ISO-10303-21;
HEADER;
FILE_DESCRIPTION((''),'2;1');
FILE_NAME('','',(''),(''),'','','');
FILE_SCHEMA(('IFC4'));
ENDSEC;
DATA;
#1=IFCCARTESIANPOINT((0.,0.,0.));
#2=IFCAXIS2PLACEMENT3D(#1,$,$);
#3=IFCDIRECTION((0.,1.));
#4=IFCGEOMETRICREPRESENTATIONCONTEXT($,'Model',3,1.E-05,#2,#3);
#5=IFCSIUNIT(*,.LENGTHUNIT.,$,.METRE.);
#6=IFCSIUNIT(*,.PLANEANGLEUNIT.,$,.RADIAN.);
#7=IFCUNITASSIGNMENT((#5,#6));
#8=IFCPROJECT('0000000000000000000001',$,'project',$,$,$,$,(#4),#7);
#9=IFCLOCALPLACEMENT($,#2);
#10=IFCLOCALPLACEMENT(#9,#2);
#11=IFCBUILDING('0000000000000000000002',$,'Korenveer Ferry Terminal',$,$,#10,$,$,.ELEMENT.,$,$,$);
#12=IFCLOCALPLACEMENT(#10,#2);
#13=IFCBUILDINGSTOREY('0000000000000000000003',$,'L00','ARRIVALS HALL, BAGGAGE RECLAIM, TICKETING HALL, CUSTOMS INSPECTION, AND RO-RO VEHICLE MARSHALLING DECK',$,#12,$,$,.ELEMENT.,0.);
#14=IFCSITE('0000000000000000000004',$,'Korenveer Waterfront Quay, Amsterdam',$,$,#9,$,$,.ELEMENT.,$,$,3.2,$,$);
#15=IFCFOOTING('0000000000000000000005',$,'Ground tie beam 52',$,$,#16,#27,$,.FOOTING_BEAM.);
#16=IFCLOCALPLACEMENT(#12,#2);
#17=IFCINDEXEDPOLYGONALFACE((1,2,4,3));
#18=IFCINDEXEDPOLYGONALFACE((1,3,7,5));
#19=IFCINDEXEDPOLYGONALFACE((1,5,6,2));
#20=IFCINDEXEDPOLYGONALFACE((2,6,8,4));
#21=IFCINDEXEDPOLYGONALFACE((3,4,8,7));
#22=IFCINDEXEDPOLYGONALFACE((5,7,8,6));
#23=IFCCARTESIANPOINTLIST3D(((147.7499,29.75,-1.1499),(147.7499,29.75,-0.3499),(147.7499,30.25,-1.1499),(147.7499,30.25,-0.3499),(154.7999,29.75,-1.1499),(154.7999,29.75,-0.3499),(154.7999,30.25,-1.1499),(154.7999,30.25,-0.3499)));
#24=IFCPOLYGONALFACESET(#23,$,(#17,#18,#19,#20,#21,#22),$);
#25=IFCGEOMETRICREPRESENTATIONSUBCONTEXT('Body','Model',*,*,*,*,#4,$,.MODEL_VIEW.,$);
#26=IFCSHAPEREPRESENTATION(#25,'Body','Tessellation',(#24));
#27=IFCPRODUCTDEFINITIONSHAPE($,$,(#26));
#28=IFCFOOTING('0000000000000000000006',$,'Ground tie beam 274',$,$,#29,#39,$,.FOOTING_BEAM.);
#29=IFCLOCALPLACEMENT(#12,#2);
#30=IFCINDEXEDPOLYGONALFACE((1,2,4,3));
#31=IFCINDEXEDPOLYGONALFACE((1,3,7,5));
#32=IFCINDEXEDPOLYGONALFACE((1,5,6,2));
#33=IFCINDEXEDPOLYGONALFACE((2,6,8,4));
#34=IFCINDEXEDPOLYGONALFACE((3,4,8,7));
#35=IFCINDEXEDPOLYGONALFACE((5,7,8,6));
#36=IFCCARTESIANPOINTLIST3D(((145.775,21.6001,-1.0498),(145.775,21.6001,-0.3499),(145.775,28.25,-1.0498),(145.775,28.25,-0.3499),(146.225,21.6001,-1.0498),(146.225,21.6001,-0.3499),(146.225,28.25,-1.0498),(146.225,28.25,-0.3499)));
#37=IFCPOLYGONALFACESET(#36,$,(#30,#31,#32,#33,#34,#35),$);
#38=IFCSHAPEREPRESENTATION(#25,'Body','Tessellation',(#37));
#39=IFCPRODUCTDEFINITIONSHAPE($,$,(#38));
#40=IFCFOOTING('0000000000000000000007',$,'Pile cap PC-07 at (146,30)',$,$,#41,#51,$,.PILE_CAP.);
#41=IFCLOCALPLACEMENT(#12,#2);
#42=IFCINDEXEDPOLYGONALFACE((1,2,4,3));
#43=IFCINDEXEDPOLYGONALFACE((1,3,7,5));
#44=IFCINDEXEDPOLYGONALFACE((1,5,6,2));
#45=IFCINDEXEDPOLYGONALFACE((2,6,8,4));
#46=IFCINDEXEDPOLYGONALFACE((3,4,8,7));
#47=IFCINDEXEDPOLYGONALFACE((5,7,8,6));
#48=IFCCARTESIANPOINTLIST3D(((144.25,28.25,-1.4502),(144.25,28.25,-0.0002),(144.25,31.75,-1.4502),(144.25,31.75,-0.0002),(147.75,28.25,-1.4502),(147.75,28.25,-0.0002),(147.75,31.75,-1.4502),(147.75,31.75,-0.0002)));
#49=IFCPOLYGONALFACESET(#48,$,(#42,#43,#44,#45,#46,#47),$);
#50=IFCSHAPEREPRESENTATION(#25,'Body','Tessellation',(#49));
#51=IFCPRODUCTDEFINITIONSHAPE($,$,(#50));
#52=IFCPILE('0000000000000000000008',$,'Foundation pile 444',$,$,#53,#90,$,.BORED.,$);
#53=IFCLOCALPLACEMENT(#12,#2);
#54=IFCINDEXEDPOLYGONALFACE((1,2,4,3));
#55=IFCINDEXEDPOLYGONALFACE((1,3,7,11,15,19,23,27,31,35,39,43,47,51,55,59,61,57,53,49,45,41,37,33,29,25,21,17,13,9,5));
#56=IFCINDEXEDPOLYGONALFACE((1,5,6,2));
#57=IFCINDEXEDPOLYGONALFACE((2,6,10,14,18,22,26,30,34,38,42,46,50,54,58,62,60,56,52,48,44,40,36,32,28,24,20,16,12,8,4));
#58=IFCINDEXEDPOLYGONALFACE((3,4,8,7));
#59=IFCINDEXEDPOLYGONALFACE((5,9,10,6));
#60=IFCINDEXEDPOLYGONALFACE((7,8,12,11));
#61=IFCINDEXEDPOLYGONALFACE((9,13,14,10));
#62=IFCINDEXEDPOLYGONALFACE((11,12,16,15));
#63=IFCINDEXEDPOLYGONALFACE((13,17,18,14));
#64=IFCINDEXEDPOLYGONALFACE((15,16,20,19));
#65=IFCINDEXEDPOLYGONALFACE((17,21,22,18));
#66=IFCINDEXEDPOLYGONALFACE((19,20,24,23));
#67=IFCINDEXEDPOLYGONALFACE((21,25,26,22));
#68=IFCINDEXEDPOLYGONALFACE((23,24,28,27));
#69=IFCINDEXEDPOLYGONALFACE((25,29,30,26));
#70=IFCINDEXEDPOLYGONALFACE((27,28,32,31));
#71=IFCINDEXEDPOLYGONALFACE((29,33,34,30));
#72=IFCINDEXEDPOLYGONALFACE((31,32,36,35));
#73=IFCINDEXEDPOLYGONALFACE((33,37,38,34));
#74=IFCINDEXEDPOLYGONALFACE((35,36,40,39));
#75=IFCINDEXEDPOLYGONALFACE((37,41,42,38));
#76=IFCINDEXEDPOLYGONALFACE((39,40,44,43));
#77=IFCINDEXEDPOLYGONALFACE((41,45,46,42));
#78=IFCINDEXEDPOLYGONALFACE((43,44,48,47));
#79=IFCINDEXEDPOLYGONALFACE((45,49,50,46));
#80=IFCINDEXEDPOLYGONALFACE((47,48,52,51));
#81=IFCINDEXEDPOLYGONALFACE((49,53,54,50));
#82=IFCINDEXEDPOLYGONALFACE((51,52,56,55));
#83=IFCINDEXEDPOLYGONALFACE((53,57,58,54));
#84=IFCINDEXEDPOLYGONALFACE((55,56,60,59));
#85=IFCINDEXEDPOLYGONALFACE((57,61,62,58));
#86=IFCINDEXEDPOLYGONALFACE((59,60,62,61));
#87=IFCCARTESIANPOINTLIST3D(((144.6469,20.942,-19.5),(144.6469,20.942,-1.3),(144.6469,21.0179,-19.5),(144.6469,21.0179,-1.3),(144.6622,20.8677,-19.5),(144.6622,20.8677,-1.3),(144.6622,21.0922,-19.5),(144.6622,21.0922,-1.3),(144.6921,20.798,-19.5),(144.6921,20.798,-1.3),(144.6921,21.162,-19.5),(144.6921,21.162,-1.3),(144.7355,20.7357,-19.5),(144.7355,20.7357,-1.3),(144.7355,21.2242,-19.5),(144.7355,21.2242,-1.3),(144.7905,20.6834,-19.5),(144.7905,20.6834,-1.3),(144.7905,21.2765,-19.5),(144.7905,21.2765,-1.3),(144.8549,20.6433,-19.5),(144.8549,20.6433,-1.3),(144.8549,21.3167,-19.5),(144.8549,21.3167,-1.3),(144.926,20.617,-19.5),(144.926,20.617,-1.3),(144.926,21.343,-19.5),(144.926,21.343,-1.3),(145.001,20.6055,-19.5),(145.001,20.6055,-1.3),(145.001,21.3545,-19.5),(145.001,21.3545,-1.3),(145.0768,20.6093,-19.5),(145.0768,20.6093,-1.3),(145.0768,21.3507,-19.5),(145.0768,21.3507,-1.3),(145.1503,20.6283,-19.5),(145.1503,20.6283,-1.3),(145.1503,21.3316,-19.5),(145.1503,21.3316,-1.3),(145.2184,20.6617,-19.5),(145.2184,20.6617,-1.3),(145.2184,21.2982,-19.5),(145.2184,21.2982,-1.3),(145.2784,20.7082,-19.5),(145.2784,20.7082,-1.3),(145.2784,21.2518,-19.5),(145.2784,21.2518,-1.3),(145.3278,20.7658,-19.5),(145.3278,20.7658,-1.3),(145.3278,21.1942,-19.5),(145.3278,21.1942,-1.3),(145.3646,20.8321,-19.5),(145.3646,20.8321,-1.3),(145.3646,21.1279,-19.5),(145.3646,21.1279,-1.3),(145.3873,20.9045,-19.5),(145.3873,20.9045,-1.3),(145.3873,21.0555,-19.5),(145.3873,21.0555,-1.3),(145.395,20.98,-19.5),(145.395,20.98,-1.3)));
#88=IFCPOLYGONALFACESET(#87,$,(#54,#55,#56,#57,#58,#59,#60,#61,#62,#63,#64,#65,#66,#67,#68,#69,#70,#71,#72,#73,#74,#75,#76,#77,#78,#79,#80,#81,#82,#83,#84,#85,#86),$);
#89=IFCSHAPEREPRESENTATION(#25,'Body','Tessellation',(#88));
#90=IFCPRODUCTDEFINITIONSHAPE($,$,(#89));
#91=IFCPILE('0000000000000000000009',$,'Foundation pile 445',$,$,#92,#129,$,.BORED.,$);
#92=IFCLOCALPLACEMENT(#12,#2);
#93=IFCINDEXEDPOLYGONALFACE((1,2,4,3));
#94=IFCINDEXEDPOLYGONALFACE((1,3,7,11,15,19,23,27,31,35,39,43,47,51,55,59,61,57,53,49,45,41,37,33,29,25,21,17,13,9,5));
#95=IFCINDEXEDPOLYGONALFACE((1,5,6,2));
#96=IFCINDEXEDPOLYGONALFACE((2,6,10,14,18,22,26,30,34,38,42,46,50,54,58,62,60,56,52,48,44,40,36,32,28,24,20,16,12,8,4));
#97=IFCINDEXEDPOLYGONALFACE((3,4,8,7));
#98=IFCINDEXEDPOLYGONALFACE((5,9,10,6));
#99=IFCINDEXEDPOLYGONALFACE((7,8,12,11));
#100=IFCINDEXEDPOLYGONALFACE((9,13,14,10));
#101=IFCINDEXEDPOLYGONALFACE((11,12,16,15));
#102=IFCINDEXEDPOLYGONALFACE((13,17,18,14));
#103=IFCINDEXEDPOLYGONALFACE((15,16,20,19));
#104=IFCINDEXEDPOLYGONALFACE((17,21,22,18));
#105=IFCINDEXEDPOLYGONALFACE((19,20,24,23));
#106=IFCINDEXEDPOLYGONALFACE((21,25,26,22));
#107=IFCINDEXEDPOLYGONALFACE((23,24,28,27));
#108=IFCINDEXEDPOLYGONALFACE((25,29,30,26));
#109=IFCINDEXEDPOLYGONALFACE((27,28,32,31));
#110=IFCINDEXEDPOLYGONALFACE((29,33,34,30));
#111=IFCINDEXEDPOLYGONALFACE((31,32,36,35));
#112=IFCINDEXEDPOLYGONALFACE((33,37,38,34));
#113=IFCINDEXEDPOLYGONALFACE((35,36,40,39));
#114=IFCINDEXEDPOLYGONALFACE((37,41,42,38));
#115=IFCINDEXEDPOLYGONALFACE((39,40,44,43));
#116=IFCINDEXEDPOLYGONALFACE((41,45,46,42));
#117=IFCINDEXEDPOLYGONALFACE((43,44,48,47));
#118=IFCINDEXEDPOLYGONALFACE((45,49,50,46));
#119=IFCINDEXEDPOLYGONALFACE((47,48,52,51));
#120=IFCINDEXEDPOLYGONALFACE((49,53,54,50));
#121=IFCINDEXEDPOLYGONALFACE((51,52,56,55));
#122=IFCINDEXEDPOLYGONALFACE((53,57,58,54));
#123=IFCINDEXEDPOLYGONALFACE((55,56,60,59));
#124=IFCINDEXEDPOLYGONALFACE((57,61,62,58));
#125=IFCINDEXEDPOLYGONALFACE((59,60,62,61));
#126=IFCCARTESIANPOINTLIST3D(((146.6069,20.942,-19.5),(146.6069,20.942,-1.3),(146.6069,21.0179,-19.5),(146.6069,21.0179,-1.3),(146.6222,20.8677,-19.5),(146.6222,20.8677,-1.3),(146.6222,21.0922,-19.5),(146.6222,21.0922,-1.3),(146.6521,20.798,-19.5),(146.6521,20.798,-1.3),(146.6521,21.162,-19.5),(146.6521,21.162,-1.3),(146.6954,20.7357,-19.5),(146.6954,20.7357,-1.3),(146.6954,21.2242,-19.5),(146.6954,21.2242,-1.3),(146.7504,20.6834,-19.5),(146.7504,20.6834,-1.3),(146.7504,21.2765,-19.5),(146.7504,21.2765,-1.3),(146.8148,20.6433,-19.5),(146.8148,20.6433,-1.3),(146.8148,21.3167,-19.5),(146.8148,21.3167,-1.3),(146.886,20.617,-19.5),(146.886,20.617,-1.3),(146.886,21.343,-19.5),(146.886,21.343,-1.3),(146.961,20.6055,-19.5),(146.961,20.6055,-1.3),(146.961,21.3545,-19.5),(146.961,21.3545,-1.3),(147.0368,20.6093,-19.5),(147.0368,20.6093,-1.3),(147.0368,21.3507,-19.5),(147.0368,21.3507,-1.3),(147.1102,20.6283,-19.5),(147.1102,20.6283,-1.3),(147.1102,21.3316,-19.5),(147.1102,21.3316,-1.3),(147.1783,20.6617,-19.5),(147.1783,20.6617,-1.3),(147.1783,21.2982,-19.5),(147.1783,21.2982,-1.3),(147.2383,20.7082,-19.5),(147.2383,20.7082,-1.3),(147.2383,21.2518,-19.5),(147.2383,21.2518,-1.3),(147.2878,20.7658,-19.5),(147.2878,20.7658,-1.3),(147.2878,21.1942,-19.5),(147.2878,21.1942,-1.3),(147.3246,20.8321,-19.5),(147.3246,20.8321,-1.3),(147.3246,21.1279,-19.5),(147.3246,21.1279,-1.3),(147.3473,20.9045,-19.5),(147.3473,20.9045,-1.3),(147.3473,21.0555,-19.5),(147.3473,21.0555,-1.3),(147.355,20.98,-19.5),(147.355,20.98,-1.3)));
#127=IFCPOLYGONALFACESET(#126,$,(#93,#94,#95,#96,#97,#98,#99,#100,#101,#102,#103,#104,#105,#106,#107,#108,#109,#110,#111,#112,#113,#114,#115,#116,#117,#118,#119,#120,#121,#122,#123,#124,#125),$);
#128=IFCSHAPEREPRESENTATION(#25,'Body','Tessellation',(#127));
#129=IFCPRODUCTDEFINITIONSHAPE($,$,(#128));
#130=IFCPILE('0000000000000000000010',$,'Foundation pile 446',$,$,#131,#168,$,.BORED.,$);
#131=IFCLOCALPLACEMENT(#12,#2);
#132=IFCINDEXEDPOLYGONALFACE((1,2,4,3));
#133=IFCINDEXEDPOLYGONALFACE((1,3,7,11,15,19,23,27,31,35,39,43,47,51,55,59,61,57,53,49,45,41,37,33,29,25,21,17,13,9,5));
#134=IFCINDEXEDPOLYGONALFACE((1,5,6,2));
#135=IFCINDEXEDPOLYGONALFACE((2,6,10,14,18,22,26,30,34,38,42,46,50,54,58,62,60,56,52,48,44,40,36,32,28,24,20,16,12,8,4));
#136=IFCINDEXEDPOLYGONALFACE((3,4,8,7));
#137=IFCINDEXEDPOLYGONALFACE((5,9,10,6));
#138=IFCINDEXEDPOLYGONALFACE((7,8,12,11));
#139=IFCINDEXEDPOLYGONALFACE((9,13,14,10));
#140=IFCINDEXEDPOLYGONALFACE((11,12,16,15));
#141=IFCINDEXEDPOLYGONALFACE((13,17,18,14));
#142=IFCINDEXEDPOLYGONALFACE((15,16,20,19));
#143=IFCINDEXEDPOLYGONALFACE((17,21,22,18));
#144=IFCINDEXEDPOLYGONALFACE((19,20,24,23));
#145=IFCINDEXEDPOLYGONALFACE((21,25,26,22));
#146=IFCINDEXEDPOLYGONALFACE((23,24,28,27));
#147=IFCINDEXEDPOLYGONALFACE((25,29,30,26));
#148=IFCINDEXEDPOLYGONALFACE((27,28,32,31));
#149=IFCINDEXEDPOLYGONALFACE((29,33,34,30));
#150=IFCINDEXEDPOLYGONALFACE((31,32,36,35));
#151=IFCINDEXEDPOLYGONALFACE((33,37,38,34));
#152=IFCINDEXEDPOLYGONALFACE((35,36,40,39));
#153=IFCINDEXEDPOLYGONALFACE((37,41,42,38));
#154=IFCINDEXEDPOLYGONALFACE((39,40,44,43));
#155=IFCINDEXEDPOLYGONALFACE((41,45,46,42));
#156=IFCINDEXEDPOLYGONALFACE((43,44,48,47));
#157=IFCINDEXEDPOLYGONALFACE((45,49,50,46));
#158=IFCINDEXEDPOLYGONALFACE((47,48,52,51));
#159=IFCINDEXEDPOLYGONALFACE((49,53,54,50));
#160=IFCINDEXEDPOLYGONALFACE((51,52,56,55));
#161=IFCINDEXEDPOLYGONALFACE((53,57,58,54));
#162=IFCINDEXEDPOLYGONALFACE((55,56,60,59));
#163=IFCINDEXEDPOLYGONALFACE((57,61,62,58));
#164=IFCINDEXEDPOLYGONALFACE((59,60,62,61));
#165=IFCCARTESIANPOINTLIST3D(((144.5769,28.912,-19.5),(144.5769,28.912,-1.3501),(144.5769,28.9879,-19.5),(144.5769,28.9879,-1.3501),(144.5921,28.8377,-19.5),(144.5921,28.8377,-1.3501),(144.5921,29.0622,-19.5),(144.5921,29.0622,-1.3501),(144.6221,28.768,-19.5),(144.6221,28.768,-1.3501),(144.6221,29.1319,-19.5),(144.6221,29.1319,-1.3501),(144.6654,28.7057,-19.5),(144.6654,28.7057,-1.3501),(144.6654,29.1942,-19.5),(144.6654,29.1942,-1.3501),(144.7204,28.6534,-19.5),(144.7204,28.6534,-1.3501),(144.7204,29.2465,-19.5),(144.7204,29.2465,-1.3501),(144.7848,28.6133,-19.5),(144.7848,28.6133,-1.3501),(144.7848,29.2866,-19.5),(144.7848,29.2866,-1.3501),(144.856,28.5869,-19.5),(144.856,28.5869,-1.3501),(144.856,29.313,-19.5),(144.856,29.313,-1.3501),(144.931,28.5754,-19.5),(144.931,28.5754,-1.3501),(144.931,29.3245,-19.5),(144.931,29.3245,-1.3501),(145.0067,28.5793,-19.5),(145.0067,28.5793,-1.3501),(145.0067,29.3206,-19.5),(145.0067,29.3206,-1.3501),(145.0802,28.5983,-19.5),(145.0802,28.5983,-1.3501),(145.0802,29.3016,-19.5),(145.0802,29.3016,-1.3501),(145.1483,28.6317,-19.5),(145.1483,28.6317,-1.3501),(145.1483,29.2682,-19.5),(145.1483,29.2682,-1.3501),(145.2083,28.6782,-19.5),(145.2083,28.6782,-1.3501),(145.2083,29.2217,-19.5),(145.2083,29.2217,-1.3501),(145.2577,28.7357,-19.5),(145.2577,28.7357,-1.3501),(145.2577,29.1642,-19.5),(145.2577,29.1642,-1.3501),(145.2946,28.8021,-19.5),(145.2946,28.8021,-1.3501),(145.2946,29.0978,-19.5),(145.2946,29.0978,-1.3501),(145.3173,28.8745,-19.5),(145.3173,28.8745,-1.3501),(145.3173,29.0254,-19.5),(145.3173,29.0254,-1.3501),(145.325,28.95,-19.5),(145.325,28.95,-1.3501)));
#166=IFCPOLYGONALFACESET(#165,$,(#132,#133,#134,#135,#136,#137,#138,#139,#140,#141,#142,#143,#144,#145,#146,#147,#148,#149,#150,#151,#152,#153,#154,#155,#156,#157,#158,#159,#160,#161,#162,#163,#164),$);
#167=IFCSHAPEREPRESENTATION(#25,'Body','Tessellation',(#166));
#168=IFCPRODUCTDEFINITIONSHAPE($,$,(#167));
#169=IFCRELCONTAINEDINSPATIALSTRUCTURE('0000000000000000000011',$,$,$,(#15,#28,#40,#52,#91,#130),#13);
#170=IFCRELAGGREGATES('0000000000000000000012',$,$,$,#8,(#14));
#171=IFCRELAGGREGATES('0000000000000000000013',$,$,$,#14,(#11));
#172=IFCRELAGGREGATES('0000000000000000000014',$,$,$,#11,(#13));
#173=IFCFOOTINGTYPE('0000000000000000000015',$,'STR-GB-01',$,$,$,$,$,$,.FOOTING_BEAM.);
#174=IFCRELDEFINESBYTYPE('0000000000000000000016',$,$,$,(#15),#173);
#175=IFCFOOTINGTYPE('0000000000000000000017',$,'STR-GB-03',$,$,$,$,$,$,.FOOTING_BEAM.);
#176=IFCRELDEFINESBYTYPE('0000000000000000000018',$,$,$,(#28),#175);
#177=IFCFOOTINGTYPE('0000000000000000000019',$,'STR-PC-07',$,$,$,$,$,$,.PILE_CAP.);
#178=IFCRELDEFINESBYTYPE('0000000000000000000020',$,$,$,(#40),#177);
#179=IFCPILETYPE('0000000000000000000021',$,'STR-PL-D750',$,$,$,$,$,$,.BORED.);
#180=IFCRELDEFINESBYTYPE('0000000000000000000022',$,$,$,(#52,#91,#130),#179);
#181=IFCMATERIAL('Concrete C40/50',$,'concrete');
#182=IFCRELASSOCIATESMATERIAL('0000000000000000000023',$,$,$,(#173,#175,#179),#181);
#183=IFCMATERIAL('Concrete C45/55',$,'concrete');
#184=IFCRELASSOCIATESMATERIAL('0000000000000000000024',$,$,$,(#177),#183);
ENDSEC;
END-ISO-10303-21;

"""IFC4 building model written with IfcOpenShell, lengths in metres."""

from ifc_helpers import new_model, si_unit, direction, frame, origin, origin_2d, place, context, subcontext, project, spatial, rectangle, circle, extrude, material, material_profile, profile_set, type_object, element, save


model = new_model("IFC4")

# Units and contexts
model_context = context("Model", 3, precision=1e-05, world=origin(), true_north=direction((0.0, 1.0)))
body_context = subcontext(model_context, "Body", "Model", "MODEL_VIEW")
ifc_project = project(units=[si_unit("LENGTHUNIT", "METRE"), si_unit("PLANEANGLEUNIT", "RADIAN")], contexts=[model_context])

# Site, building, storey
site_placement = place(None, origin())
site = spatial("IfcSite", under=ifc_project, at=site_placement, Name="Korenveer Waterfront Quay, Amsterdam", CompositionType="ELEMENT", RefElevation=3.2)
building_placement = place(site_placement, origin())
building = spatial("IfcBuilding", under=site, at=building_placement, Name="Korenveer Ferry Terminal", CompositionType="ELEMENT")
storey_placement = place(building_placement, origin())
storey = spatial("IfcBuildingStorey", under=building, at=storey_placement, Name="L00", Description="ARRIVALS HALL, BAGGAGE RECLAIM, TICKETING HALL, CUSTOMS INSPECTION, AND RO-RO VEHICLE MARSHALLING DECK", CompositionType="ELEMENT", Elevation=0.0)

# Footings
ifc_material_1 = material(Name="Concrete C40/50", Category="concrete")
footing_type_1 = type_object("IfcFootingType", Name="STR-GB-01", PredefinedType="FOOTING_BEAM", material=ifc_material_1)
footing_1_placement = place(storey_placement, frame((151.2749, 30.0, -1.1499), z_axis=(0.0, 0.0, 1.0), x_axis=(1.0, 0.0, 0.0)))
element("IfcFooting", 1, at=footing_1_placement, inside=storey, type_object=footing_type_1, Name="Ground tie beam 52", PredefinedType="FOOTING_BEAM", context=body_context, shape_type="SweptSolid", body=[
    extrude(rectangle(XDim=7.05, YDim=0.5, at=origin_2d()), origin(), (0.0, 0.0, 1.0), 0.8),
])
footing_type_2 = type_object("IfcFootingType", Name="STR-GB-03", PredefinedType="FOOTING_BEAM", material=ifc_material_1)
footing_2_placement = place(storey_placement, frame((146.0, 24.925, -1.0498), z_axis=(0.0, 0.0, 1.0), x_axis=(1.0, 0.0, 0.0)))
element("IfcFooting", 2, at=footing_2_placement, inside=storey, type_object=footing_type_2, Name="Ground tie beam 274", PredefinedType="FOOTING_BEAM", context=body_context, shape_type="SweptSolid", body=[
    extrude(rectangle(XDim=0.45, YDim=6.6499, at=origin_2d()), origin(), (0.0, 0.0, 1.0), 0.7),
])
ifc_material_2 = material(Name="Concrete C45/55", Category="concrete")
footing_type_3 = type_object("IfcFootingType", Name="STR-PC-07", PredefinedType="PILE_CAP", material=ifc_material_2)
footing_3_placement = place(storey_placement, frame((146.0, 30.0, -1.4502), z_axis=(0.0, 0.0, 1.0), x_axis=(1.0, 0.0, 0.0)))
element("IfcFooting", 3, at=footing_3_placement, inside=storey, type_object=footing_type_3, Name="Pile cap PC-07 at (146,30)", PredefinedType="PILE_CAP", context=body_context, shape_type="SweptSolid", body=[
    extrude(rectangle(XDim=3.5, YDim=3.5, at=origin_2d()), origin(), (0.0, 0.0, 1.0), 1.45),
])

# Piles
ifc_material_profile_1 = material_profile(ifc_material_1, circle(Radius=0.375, at=origin_2d()), Name="PILE D750")
ifc_profile_set_1 = profile_set([ifc_material_profile_1], Name="Concrete C40/50")
pile_type = type_object("IfcPileType", Name="STR-PL-D750", PredefinedType="BORED", material=ifc_profile_set_1)
for number, where, z_axis, x_axis, name in (
    (4, (145.02, 20.98, -1.3), (0.0, 0.0, -1.0), (1.0, 0.0, 0.0), "Foundation pile 444"),
    (5, (146.98, 20.98, -1.3), (0.0, 0.0, -1.0), (1.0, 0.0, 0.0), "Foundation pile 445"),
):
    element("IfcPile", number, at=place(storey_placement, frame(where, z_axis=z_axis, x_axis=x_axis)), inside=storey, type_object=pile_type, Name=name, PredefinedType="BORED", context=body_context, shape_type="SweptSolid", body=[
        extrude(circle(Radius=0.375, at=origin_2d()), origin(), (0.0, 0.0, 1.0), 18.2),
    ])
for number, where, z_axis, x_axis, name in (
    (6, (144.95, 28.95, -1.3501), (0.0, 0.0, -1.0), (1.0, 0.0, 0.0), "Foundation pile 446"),
):
    element("IfcPile", number, at=place(storey_placement, frame(where, z_axis=z_axis, x_axis=x_axis)), inside=storey, type_object=pile_type, Name=name, PredefinedType="BORED", context=body_context, shape_type="SweptSolid", body=[
        extrude(circle(Radius=0.375, at=origin_2d()), origin(), (0.0, 0.0, 1.0), 18.1499),
    ])

save(model, "model.ifc")
